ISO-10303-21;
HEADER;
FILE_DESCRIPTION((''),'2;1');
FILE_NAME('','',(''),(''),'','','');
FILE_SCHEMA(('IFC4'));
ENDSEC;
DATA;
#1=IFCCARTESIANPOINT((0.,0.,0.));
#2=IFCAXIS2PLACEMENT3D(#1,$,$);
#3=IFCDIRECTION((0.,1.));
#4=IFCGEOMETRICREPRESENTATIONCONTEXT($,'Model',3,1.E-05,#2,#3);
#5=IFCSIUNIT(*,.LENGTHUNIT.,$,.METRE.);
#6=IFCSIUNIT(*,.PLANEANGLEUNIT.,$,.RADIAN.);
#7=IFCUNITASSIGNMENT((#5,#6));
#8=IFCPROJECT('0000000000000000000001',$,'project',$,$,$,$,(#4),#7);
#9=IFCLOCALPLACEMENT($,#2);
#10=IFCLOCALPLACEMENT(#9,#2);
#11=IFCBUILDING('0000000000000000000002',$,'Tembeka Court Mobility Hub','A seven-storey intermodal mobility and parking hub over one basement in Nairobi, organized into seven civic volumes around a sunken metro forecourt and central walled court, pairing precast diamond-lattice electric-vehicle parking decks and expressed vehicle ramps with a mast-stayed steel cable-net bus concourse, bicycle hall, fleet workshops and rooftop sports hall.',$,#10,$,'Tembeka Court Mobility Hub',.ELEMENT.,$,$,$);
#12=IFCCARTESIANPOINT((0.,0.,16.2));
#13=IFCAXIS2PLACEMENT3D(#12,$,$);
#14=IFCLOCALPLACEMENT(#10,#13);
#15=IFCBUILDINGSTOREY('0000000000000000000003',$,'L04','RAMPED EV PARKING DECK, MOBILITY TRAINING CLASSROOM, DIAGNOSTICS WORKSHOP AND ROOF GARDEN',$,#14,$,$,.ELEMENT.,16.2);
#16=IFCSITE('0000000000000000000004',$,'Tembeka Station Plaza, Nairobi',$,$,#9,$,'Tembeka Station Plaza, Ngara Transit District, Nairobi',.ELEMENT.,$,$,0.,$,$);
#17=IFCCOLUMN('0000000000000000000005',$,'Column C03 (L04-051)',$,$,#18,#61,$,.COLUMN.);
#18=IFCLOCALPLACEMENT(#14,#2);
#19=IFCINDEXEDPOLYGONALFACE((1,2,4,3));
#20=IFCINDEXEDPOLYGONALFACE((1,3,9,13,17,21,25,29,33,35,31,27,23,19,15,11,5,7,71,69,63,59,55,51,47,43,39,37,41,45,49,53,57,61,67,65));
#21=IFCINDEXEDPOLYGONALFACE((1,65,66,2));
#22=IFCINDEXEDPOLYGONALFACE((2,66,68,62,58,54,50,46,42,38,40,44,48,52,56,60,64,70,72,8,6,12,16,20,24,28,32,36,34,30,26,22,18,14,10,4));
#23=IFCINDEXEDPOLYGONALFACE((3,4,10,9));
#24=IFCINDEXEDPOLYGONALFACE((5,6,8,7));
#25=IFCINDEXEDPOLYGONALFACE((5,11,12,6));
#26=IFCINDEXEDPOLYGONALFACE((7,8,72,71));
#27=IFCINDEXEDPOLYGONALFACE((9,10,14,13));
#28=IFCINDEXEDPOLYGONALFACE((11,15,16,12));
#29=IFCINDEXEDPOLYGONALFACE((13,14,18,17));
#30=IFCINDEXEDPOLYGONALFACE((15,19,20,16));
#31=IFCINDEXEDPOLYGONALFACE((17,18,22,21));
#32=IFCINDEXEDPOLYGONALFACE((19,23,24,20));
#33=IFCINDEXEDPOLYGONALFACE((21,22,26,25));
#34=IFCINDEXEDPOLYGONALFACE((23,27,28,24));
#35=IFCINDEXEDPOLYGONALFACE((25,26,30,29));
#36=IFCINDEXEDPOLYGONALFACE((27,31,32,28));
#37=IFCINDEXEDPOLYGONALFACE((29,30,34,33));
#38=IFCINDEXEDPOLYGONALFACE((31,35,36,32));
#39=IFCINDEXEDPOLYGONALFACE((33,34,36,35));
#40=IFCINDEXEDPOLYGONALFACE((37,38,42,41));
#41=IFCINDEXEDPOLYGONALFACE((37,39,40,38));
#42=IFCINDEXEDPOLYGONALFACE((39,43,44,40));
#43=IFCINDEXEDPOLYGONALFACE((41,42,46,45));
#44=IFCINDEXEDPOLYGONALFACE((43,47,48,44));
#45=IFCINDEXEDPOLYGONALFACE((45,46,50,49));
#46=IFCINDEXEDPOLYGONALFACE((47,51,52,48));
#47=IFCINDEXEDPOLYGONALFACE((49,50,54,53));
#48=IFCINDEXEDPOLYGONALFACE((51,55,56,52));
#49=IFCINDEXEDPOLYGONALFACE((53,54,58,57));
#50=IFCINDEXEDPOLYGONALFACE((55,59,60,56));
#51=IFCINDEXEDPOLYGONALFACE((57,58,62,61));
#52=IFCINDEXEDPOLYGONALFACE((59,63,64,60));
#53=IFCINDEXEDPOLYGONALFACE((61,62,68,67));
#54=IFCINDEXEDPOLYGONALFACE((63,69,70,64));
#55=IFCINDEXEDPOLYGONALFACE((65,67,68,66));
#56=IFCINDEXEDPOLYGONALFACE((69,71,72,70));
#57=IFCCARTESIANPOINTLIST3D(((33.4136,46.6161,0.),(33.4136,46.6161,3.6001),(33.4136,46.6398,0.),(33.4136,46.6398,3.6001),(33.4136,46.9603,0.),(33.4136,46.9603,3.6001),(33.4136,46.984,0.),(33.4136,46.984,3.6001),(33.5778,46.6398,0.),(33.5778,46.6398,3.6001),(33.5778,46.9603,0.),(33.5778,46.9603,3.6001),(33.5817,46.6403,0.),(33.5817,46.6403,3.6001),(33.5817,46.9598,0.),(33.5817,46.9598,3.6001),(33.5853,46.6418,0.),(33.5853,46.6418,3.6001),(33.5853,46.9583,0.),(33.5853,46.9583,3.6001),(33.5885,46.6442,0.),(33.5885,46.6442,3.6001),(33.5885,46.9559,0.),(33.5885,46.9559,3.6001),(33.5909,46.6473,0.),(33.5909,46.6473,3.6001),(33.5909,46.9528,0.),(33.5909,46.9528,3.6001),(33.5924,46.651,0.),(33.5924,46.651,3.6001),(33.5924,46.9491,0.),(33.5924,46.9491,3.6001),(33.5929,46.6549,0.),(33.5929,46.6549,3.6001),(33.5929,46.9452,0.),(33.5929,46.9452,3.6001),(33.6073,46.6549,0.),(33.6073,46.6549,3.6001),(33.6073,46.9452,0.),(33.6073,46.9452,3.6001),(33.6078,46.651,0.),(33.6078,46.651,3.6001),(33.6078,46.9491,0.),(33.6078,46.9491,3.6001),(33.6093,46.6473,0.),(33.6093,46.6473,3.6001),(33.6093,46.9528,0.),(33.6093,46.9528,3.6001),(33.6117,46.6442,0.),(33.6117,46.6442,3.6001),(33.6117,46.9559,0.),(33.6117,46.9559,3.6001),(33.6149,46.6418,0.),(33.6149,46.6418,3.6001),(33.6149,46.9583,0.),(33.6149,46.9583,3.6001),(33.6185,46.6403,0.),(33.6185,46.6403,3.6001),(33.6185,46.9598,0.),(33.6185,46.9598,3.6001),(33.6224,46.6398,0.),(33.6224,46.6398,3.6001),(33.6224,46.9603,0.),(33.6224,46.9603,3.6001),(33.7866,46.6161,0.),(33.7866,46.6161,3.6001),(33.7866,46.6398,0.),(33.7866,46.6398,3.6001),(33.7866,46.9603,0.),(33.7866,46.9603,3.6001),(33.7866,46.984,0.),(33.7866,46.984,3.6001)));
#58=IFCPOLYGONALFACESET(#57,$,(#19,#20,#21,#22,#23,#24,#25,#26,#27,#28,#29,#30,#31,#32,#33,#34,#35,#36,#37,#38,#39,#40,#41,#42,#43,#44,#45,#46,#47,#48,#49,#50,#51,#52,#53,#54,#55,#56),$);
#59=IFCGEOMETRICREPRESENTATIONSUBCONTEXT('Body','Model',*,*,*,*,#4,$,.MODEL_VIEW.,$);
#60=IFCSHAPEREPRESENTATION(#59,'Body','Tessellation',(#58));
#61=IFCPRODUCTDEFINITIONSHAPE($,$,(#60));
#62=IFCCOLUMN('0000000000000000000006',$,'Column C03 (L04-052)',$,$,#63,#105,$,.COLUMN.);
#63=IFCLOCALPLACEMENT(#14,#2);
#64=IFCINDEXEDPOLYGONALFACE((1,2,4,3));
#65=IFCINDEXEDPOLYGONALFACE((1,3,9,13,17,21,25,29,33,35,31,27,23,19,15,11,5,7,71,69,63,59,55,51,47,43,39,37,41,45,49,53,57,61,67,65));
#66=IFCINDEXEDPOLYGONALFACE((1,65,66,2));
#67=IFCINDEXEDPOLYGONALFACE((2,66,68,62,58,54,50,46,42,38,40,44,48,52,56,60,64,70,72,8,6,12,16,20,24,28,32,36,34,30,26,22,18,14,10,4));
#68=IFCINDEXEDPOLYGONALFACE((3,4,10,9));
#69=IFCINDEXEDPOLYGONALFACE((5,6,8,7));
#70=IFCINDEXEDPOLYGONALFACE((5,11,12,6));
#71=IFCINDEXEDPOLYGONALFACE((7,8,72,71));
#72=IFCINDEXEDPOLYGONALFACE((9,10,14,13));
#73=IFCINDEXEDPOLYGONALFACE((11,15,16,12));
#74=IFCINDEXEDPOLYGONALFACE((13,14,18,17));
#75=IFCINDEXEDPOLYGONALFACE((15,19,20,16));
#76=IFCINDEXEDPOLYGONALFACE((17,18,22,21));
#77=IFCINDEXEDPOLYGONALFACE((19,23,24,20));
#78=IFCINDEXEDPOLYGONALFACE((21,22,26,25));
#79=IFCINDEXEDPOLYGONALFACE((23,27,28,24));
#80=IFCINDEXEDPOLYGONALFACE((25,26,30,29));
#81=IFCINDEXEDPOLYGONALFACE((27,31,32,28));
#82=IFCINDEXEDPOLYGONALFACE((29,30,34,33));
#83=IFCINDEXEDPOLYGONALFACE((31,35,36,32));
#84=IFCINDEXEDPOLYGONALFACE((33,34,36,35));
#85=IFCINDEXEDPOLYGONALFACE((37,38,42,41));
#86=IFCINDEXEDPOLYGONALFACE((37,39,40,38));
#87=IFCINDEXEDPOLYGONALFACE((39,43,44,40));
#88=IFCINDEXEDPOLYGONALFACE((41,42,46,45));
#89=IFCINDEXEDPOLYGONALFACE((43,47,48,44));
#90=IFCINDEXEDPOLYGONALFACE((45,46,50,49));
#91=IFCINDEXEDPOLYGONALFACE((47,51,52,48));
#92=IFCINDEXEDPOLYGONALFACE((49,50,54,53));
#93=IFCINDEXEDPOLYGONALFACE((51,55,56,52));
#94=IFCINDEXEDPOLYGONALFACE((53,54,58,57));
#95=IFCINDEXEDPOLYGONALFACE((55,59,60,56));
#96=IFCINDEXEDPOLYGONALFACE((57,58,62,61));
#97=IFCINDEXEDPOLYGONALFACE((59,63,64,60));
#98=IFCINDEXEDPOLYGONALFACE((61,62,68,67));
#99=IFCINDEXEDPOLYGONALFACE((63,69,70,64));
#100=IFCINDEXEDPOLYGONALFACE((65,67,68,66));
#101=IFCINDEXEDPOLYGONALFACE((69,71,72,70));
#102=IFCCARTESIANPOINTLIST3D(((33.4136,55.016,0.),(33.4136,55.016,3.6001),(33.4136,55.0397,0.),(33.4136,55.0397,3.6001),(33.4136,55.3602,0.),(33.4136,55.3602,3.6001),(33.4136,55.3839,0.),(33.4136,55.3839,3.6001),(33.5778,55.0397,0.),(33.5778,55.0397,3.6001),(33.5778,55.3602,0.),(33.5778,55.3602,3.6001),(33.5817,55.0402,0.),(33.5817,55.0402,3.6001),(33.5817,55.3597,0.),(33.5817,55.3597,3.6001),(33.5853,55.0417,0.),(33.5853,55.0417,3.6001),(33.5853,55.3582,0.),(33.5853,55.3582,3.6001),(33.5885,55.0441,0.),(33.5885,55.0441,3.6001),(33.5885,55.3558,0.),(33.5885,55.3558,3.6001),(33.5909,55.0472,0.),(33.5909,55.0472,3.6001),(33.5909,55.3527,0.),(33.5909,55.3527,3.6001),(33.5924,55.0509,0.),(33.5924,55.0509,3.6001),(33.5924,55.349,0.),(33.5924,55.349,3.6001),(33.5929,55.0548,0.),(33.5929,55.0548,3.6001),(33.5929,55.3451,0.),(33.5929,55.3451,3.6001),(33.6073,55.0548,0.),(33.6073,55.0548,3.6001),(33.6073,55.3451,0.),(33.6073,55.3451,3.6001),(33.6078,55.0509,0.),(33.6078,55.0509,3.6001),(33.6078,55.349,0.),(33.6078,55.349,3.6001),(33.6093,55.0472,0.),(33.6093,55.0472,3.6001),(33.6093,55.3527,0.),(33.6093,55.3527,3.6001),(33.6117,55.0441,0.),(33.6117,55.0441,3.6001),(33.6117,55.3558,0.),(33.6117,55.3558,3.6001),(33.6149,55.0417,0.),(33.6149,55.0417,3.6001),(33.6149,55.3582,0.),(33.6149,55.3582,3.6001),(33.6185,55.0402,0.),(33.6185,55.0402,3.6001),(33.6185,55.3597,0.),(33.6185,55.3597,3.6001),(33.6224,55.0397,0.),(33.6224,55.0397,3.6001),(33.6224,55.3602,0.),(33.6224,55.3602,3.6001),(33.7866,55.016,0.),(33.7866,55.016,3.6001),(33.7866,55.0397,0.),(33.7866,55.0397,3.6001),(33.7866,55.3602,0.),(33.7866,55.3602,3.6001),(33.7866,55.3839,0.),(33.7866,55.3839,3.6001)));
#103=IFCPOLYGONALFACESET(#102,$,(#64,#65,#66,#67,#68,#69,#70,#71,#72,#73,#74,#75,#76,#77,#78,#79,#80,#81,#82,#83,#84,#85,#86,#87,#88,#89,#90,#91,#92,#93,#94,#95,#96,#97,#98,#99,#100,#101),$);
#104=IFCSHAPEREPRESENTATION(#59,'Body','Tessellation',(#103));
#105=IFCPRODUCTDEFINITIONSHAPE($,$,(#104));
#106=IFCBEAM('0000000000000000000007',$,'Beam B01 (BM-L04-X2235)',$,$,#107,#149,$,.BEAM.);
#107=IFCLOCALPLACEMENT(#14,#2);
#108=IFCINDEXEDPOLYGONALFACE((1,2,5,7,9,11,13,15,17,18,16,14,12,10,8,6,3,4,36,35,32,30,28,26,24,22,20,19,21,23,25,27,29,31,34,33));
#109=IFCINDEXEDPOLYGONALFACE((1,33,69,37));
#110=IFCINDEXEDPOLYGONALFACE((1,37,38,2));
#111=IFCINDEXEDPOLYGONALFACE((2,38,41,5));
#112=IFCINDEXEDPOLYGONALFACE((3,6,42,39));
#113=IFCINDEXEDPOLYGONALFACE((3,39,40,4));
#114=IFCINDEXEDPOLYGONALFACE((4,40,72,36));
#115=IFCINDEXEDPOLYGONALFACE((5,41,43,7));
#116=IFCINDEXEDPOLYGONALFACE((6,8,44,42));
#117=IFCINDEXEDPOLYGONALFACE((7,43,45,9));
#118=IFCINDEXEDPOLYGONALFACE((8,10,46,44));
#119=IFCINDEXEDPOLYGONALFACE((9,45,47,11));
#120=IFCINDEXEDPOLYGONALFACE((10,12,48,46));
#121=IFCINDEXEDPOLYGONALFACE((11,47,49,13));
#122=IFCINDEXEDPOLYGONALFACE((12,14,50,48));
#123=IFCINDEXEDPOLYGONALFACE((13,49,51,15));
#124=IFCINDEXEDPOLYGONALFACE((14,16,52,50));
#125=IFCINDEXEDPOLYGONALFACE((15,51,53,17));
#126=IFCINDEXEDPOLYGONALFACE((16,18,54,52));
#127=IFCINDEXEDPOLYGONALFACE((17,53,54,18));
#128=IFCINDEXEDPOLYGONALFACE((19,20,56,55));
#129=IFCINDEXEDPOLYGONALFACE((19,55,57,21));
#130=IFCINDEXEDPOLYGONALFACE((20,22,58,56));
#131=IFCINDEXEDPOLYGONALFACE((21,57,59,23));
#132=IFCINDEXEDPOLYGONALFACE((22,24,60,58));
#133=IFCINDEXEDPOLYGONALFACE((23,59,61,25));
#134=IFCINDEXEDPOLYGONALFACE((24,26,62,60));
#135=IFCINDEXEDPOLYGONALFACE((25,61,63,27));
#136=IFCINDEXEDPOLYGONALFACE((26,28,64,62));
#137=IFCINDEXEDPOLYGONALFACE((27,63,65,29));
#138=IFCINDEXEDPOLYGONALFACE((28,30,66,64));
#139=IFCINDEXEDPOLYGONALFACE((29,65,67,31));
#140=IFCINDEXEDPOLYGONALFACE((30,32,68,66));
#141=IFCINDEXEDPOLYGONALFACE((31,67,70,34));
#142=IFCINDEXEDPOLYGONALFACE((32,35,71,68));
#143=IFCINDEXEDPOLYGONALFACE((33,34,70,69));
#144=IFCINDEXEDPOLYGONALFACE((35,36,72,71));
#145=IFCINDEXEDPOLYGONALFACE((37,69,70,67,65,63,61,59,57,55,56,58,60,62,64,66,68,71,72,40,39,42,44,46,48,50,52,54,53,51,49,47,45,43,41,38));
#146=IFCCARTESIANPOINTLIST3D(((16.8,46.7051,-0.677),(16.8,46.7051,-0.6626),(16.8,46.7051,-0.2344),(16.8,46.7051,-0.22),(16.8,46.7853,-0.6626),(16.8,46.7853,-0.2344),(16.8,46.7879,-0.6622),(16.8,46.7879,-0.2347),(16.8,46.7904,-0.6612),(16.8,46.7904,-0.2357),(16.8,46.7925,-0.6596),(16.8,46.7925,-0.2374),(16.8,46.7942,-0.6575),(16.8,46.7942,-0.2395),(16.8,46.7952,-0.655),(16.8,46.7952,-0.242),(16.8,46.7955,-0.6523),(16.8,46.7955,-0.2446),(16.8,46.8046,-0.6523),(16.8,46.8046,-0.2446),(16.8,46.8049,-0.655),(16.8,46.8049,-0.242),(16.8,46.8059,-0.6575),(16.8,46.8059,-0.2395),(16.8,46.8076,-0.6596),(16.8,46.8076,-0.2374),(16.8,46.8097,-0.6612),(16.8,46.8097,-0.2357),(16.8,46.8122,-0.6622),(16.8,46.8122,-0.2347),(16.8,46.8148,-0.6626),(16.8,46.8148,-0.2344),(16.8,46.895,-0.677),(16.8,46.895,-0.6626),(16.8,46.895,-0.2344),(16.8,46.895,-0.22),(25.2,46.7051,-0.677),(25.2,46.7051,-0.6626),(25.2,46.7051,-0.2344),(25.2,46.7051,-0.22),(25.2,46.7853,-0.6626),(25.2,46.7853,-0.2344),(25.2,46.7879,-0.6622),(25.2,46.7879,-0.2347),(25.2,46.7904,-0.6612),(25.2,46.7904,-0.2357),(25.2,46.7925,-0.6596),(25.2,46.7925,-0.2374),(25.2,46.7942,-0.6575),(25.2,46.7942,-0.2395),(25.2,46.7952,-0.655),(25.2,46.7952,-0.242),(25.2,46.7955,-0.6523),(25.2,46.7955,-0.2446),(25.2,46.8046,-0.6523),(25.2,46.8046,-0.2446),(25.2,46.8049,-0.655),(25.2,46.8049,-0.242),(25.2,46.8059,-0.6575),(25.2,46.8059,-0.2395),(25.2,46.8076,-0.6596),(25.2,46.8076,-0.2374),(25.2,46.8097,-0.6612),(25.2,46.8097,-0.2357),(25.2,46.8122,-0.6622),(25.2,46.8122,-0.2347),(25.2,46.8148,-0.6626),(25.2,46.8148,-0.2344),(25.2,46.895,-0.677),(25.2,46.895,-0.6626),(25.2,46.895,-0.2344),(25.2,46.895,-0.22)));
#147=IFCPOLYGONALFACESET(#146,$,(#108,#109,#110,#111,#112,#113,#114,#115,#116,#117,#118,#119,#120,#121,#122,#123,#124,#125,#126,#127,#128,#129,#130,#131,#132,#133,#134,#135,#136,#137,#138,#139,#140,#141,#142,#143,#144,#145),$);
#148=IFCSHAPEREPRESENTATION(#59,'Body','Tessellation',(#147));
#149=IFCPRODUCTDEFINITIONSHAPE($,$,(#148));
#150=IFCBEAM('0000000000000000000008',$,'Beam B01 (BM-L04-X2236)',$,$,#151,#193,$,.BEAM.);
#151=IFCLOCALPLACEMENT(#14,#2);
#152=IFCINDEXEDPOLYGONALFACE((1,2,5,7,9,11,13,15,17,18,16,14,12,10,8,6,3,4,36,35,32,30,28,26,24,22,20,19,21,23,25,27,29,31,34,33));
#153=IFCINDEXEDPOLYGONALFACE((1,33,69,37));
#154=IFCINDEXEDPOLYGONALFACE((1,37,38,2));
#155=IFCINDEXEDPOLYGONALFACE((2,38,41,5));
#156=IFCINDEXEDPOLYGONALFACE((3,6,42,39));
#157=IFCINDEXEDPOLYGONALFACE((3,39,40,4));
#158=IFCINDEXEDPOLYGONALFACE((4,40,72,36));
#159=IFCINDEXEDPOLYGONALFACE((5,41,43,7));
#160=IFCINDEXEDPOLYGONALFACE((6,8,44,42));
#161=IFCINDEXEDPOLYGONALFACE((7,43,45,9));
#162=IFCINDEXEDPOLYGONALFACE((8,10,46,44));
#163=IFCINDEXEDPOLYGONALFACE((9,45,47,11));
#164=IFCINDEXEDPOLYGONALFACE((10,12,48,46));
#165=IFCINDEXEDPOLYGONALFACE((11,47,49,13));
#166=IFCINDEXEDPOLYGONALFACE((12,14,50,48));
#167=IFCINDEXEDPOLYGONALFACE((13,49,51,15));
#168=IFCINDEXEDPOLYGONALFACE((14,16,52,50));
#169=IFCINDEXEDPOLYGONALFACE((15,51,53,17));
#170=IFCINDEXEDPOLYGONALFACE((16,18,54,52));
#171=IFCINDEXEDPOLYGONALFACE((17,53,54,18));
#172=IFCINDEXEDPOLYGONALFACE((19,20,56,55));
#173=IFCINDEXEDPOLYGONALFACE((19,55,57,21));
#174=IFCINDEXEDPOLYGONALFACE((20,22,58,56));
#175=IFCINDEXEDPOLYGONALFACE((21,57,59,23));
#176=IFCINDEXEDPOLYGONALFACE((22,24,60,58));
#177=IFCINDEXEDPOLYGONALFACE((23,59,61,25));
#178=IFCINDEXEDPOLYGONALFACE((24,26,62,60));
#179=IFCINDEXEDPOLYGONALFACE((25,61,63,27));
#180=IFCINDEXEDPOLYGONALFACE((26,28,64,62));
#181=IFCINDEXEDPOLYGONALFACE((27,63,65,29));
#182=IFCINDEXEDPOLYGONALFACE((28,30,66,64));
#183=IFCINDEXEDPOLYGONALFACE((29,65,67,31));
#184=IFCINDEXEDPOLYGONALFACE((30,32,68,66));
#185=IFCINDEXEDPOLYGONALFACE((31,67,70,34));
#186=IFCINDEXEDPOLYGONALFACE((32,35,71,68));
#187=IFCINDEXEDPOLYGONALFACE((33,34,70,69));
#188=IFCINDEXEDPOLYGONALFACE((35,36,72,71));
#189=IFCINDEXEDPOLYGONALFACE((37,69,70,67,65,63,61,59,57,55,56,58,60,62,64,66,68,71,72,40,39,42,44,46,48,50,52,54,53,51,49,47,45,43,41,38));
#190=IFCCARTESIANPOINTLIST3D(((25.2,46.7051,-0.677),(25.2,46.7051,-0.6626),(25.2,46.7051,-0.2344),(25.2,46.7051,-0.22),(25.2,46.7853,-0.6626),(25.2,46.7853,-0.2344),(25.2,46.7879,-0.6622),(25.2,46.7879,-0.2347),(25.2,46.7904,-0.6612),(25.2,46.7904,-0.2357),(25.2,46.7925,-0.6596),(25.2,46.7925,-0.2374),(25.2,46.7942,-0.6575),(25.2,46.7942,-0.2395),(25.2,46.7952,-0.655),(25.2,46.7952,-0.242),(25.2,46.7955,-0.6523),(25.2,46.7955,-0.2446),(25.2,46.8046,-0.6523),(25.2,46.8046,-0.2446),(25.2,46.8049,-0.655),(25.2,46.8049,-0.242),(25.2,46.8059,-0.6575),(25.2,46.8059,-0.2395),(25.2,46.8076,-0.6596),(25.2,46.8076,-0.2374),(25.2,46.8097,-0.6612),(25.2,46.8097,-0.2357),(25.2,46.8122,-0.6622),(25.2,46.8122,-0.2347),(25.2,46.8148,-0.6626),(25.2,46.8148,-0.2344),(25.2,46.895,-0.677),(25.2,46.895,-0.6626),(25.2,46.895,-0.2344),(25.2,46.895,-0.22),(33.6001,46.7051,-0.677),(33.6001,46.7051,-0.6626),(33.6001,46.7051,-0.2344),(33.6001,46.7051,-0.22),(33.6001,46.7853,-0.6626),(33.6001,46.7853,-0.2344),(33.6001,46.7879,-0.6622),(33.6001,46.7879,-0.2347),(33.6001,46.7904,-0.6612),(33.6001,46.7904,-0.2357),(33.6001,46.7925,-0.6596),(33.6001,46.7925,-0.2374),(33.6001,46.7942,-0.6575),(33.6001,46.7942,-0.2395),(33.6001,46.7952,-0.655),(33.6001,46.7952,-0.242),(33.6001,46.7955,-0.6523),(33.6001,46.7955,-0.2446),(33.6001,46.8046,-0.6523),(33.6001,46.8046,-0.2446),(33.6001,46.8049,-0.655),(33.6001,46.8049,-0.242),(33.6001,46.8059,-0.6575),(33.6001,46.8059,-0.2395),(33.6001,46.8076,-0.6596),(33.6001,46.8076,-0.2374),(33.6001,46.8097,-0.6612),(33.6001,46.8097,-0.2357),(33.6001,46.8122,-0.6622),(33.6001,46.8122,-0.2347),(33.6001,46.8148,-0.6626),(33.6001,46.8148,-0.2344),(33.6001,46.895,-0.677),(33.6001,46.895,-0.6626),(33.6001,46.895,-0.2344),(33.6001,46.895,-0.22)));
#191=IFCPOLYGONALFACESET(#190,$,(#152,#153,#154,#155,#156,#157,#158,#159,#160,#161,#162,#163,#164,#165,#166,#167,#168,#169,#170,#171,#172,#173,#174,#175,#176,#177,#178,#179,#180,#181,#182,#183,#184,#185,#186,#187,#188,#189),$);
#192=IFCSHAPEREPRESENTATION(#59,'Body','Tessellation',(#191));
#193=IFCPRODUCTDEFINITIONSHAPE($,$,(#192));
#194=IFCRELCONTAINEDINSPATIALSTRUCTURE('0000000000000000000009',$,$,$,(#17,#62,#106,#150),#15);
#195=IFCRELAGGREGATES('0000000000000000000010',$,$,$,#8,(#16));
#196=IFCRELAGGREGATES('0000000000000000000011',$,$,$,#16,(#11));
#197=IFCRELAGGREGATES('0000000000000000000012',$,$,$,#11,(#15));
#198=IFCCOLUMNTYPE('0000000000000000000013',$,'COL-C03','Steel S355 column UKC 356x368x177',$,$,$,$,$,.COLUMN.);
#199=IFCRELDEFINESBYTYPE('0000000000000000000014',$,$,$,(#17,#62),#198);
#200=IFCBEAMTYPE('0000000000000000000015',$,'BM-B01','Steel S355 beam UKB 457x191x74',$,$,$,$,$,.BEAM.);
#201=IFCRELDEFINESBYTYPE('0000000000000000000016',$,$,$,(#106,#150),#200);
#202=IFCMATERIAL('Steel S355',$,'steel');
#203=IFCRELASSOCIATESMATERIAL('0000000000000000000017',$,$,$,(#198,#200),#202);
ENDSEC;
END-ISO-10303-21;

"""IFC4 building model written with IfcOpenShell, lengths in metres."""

from ifc_helpers import new_model, si_unit, direction, frame, origin, origin_2d, place, context, subcontext, project, spatial, i_section, extrude, material, material_profile, profile_set, type_object, element, save


model = new_model("IFC4")

# Units and contexts
model_context = context("Model", 3, precision=1e-05, world=origin(), true_north=direction((0.0, 1.0)))
body_context = subcontext(model_context, "Body", "Model", "MODEL_VIEW")
ifc_project = project(units=[si_unit("LENGTHUNIT", "METRE"), si_unit("PLANEANGLEUNIT", "RADIAN")], contexts=[model_context])

# Site, building, storey
site_placement = place(None, origin())
site = spatial("IfcSite", under=ifc_project, at=site_placement, Name="Tembeka Station Plaza, Nairobi", LongName="Tembeka Station Plaza, Ngara Transit District, Nairobi", CompositionType="ELEMENT", RefElevation=0.0)
building_placement = place(site_placement, origin())
building = spatial("IfcBuilding", under=site, at=building_placement, Name="Tembeka Court Mobility Hub", Description="A seven-storey intermodal mobility and parking hub over one basement in Nairobi, organized into seven civic volumes around a sunken metro forecourt and central walled court, pairing precast diamond-lattice electric-vehicle parking decks and expressed vehicle ramps with a mast-stayed steel cable-net bus concourse, bicycle hall, fleet workshops and rooftop sports hall.", LongName="Tembeka Court Mobility Hub", CompositionType="ELEMENT")
storey_placement = place(building_placement, frame((0.0, 0.0, 16.2)))
storey = spatial("IfcBuildingStorey", under=building, at=storey_placement, Name="L04", Description="RAMPED EV PARKING DECK, MOBILITY TRAINING CLASSROOM, DIAGNOSTICS WORKSHOP AND ROOF GARDEN", CompositionType="ELEMENT", Elevation=16.2)

# Columns
ifc_material_1 = material(Name="Steel S355", Category="steel")
ifc_material_profile_1 = material_profile(ifc_material_1, i_section(OverallWidth=0.373, OverallDepth=0.3679, WebThickness=0.0144, FlangeThickness=0.0237, FilletRadius=0.0151, at=origin_2d()), Name="UKC 356x368x177")
ifc_profile_set_1 = profile_set([ifc_material_profile_1], Name="Steel S355")
column_type = type_object("IfcColumnType", Name="COL-C03", Description="Steel S355 column UKC 356x368x177", PredefinedType="COLUMN", material=ifc_profile_set_1)
for number, where, z_axis, x_axis, name in (
    (1, (33.6001, 46.8, 0.0), (0.0, 0.0, 1.0), (1.0, 0.0, 0.0), "Column C03 (L04-051)"),
    (2, (33.6001, 55.2, 0.0), (0.0, 0.0, 1.0), (1.0, 0.0, 0.0), "Column C03 (L04-052)"),
):
    element("IfcColumn", number, at=place(storey_placement, frame(where, z_axis=z_axis, x_axis=x_axis)), inside=storey, type_object=column_type, Name=name, PredefinedType="COLUMN", context=body_context, shape_type="SweptSolid", body=[
        extrude(i_section(OverallWidth=0.373, OverallDepth=0.3679, WebThickness=0.0144, FlangeThickness=0.0237, FilletRadius=0.0151, at=origin_2d()), origin(), (0.0, 0.0, 1.0), 3.6001),
    ])

# Beams
ifc_material_profile_2 = material_profile(ifc_material_1, i_section(OverallWidth=0.1899, OverallDepth=0.457, WebThickness=0.009, FlangeThickness=0.0144, FilletRadius=0.0103, at=origin_2d()), Name="UKB 457x191x74")
ifc_profile_set_2 = profile_set([ifc_material_profile_2], Name="Steel S355")
beam_type_1 = type_object("IfcBeamType", Name="BM-B01", Description="Steel S355 beam UKB 457x191x74", PredefinedType="BEAM", material=ifc_profile_set_2)
beam_1_placement = place(storey_placement, frame((16.8, 46.8, -0.4485), z_axis=(1.0, 0.0, 0.0), x_axis=(0.0, 1.0, 0.0)))
element("IfcBeam", 3, at=beam_1_placement, inside=storey, type_object=beam_type_1, Name="Beam B01 (BM-L04-X2235)", PredefinedType="BEAM", context=body_context, shape_type="SweptSolid", body=[
    extrude(i_section(OverallWidth=0.1899, OverallDepth=0.457, WebThickness=0.009, FlangeThickness=0.0144, FilletRadius=0.0103, at=origin_2d()), origin(), (0.0, 0.0, 1.0), 8.3999),
])
beam_2_placement = place(storey_placement, frame((25.2, 46.8, -0.4485), z_axis=(1.0, 0.0, 0.0), x_axis=(0.0, 1.0, 0.0)))
element("IfcBeam", 4, at=beam_2_placement, inside=storey, type_object=beam_type_1, Name="Beam B01 (BM-L04-X2236)", PredefinedType="BEAM", context=body_context, shape_type="SweptSolid", body=[
    extrude(i_section(OverallWidth=0.1899, OverallDepth=0.457, WebThickness=0.009, FlangeThickness=0.0144, FilletRadius=0.0103, at=origin_2d()), origin(), (0.0, 0.0, 1.0), 8.4001),
])

save(model, "model.ifc")
